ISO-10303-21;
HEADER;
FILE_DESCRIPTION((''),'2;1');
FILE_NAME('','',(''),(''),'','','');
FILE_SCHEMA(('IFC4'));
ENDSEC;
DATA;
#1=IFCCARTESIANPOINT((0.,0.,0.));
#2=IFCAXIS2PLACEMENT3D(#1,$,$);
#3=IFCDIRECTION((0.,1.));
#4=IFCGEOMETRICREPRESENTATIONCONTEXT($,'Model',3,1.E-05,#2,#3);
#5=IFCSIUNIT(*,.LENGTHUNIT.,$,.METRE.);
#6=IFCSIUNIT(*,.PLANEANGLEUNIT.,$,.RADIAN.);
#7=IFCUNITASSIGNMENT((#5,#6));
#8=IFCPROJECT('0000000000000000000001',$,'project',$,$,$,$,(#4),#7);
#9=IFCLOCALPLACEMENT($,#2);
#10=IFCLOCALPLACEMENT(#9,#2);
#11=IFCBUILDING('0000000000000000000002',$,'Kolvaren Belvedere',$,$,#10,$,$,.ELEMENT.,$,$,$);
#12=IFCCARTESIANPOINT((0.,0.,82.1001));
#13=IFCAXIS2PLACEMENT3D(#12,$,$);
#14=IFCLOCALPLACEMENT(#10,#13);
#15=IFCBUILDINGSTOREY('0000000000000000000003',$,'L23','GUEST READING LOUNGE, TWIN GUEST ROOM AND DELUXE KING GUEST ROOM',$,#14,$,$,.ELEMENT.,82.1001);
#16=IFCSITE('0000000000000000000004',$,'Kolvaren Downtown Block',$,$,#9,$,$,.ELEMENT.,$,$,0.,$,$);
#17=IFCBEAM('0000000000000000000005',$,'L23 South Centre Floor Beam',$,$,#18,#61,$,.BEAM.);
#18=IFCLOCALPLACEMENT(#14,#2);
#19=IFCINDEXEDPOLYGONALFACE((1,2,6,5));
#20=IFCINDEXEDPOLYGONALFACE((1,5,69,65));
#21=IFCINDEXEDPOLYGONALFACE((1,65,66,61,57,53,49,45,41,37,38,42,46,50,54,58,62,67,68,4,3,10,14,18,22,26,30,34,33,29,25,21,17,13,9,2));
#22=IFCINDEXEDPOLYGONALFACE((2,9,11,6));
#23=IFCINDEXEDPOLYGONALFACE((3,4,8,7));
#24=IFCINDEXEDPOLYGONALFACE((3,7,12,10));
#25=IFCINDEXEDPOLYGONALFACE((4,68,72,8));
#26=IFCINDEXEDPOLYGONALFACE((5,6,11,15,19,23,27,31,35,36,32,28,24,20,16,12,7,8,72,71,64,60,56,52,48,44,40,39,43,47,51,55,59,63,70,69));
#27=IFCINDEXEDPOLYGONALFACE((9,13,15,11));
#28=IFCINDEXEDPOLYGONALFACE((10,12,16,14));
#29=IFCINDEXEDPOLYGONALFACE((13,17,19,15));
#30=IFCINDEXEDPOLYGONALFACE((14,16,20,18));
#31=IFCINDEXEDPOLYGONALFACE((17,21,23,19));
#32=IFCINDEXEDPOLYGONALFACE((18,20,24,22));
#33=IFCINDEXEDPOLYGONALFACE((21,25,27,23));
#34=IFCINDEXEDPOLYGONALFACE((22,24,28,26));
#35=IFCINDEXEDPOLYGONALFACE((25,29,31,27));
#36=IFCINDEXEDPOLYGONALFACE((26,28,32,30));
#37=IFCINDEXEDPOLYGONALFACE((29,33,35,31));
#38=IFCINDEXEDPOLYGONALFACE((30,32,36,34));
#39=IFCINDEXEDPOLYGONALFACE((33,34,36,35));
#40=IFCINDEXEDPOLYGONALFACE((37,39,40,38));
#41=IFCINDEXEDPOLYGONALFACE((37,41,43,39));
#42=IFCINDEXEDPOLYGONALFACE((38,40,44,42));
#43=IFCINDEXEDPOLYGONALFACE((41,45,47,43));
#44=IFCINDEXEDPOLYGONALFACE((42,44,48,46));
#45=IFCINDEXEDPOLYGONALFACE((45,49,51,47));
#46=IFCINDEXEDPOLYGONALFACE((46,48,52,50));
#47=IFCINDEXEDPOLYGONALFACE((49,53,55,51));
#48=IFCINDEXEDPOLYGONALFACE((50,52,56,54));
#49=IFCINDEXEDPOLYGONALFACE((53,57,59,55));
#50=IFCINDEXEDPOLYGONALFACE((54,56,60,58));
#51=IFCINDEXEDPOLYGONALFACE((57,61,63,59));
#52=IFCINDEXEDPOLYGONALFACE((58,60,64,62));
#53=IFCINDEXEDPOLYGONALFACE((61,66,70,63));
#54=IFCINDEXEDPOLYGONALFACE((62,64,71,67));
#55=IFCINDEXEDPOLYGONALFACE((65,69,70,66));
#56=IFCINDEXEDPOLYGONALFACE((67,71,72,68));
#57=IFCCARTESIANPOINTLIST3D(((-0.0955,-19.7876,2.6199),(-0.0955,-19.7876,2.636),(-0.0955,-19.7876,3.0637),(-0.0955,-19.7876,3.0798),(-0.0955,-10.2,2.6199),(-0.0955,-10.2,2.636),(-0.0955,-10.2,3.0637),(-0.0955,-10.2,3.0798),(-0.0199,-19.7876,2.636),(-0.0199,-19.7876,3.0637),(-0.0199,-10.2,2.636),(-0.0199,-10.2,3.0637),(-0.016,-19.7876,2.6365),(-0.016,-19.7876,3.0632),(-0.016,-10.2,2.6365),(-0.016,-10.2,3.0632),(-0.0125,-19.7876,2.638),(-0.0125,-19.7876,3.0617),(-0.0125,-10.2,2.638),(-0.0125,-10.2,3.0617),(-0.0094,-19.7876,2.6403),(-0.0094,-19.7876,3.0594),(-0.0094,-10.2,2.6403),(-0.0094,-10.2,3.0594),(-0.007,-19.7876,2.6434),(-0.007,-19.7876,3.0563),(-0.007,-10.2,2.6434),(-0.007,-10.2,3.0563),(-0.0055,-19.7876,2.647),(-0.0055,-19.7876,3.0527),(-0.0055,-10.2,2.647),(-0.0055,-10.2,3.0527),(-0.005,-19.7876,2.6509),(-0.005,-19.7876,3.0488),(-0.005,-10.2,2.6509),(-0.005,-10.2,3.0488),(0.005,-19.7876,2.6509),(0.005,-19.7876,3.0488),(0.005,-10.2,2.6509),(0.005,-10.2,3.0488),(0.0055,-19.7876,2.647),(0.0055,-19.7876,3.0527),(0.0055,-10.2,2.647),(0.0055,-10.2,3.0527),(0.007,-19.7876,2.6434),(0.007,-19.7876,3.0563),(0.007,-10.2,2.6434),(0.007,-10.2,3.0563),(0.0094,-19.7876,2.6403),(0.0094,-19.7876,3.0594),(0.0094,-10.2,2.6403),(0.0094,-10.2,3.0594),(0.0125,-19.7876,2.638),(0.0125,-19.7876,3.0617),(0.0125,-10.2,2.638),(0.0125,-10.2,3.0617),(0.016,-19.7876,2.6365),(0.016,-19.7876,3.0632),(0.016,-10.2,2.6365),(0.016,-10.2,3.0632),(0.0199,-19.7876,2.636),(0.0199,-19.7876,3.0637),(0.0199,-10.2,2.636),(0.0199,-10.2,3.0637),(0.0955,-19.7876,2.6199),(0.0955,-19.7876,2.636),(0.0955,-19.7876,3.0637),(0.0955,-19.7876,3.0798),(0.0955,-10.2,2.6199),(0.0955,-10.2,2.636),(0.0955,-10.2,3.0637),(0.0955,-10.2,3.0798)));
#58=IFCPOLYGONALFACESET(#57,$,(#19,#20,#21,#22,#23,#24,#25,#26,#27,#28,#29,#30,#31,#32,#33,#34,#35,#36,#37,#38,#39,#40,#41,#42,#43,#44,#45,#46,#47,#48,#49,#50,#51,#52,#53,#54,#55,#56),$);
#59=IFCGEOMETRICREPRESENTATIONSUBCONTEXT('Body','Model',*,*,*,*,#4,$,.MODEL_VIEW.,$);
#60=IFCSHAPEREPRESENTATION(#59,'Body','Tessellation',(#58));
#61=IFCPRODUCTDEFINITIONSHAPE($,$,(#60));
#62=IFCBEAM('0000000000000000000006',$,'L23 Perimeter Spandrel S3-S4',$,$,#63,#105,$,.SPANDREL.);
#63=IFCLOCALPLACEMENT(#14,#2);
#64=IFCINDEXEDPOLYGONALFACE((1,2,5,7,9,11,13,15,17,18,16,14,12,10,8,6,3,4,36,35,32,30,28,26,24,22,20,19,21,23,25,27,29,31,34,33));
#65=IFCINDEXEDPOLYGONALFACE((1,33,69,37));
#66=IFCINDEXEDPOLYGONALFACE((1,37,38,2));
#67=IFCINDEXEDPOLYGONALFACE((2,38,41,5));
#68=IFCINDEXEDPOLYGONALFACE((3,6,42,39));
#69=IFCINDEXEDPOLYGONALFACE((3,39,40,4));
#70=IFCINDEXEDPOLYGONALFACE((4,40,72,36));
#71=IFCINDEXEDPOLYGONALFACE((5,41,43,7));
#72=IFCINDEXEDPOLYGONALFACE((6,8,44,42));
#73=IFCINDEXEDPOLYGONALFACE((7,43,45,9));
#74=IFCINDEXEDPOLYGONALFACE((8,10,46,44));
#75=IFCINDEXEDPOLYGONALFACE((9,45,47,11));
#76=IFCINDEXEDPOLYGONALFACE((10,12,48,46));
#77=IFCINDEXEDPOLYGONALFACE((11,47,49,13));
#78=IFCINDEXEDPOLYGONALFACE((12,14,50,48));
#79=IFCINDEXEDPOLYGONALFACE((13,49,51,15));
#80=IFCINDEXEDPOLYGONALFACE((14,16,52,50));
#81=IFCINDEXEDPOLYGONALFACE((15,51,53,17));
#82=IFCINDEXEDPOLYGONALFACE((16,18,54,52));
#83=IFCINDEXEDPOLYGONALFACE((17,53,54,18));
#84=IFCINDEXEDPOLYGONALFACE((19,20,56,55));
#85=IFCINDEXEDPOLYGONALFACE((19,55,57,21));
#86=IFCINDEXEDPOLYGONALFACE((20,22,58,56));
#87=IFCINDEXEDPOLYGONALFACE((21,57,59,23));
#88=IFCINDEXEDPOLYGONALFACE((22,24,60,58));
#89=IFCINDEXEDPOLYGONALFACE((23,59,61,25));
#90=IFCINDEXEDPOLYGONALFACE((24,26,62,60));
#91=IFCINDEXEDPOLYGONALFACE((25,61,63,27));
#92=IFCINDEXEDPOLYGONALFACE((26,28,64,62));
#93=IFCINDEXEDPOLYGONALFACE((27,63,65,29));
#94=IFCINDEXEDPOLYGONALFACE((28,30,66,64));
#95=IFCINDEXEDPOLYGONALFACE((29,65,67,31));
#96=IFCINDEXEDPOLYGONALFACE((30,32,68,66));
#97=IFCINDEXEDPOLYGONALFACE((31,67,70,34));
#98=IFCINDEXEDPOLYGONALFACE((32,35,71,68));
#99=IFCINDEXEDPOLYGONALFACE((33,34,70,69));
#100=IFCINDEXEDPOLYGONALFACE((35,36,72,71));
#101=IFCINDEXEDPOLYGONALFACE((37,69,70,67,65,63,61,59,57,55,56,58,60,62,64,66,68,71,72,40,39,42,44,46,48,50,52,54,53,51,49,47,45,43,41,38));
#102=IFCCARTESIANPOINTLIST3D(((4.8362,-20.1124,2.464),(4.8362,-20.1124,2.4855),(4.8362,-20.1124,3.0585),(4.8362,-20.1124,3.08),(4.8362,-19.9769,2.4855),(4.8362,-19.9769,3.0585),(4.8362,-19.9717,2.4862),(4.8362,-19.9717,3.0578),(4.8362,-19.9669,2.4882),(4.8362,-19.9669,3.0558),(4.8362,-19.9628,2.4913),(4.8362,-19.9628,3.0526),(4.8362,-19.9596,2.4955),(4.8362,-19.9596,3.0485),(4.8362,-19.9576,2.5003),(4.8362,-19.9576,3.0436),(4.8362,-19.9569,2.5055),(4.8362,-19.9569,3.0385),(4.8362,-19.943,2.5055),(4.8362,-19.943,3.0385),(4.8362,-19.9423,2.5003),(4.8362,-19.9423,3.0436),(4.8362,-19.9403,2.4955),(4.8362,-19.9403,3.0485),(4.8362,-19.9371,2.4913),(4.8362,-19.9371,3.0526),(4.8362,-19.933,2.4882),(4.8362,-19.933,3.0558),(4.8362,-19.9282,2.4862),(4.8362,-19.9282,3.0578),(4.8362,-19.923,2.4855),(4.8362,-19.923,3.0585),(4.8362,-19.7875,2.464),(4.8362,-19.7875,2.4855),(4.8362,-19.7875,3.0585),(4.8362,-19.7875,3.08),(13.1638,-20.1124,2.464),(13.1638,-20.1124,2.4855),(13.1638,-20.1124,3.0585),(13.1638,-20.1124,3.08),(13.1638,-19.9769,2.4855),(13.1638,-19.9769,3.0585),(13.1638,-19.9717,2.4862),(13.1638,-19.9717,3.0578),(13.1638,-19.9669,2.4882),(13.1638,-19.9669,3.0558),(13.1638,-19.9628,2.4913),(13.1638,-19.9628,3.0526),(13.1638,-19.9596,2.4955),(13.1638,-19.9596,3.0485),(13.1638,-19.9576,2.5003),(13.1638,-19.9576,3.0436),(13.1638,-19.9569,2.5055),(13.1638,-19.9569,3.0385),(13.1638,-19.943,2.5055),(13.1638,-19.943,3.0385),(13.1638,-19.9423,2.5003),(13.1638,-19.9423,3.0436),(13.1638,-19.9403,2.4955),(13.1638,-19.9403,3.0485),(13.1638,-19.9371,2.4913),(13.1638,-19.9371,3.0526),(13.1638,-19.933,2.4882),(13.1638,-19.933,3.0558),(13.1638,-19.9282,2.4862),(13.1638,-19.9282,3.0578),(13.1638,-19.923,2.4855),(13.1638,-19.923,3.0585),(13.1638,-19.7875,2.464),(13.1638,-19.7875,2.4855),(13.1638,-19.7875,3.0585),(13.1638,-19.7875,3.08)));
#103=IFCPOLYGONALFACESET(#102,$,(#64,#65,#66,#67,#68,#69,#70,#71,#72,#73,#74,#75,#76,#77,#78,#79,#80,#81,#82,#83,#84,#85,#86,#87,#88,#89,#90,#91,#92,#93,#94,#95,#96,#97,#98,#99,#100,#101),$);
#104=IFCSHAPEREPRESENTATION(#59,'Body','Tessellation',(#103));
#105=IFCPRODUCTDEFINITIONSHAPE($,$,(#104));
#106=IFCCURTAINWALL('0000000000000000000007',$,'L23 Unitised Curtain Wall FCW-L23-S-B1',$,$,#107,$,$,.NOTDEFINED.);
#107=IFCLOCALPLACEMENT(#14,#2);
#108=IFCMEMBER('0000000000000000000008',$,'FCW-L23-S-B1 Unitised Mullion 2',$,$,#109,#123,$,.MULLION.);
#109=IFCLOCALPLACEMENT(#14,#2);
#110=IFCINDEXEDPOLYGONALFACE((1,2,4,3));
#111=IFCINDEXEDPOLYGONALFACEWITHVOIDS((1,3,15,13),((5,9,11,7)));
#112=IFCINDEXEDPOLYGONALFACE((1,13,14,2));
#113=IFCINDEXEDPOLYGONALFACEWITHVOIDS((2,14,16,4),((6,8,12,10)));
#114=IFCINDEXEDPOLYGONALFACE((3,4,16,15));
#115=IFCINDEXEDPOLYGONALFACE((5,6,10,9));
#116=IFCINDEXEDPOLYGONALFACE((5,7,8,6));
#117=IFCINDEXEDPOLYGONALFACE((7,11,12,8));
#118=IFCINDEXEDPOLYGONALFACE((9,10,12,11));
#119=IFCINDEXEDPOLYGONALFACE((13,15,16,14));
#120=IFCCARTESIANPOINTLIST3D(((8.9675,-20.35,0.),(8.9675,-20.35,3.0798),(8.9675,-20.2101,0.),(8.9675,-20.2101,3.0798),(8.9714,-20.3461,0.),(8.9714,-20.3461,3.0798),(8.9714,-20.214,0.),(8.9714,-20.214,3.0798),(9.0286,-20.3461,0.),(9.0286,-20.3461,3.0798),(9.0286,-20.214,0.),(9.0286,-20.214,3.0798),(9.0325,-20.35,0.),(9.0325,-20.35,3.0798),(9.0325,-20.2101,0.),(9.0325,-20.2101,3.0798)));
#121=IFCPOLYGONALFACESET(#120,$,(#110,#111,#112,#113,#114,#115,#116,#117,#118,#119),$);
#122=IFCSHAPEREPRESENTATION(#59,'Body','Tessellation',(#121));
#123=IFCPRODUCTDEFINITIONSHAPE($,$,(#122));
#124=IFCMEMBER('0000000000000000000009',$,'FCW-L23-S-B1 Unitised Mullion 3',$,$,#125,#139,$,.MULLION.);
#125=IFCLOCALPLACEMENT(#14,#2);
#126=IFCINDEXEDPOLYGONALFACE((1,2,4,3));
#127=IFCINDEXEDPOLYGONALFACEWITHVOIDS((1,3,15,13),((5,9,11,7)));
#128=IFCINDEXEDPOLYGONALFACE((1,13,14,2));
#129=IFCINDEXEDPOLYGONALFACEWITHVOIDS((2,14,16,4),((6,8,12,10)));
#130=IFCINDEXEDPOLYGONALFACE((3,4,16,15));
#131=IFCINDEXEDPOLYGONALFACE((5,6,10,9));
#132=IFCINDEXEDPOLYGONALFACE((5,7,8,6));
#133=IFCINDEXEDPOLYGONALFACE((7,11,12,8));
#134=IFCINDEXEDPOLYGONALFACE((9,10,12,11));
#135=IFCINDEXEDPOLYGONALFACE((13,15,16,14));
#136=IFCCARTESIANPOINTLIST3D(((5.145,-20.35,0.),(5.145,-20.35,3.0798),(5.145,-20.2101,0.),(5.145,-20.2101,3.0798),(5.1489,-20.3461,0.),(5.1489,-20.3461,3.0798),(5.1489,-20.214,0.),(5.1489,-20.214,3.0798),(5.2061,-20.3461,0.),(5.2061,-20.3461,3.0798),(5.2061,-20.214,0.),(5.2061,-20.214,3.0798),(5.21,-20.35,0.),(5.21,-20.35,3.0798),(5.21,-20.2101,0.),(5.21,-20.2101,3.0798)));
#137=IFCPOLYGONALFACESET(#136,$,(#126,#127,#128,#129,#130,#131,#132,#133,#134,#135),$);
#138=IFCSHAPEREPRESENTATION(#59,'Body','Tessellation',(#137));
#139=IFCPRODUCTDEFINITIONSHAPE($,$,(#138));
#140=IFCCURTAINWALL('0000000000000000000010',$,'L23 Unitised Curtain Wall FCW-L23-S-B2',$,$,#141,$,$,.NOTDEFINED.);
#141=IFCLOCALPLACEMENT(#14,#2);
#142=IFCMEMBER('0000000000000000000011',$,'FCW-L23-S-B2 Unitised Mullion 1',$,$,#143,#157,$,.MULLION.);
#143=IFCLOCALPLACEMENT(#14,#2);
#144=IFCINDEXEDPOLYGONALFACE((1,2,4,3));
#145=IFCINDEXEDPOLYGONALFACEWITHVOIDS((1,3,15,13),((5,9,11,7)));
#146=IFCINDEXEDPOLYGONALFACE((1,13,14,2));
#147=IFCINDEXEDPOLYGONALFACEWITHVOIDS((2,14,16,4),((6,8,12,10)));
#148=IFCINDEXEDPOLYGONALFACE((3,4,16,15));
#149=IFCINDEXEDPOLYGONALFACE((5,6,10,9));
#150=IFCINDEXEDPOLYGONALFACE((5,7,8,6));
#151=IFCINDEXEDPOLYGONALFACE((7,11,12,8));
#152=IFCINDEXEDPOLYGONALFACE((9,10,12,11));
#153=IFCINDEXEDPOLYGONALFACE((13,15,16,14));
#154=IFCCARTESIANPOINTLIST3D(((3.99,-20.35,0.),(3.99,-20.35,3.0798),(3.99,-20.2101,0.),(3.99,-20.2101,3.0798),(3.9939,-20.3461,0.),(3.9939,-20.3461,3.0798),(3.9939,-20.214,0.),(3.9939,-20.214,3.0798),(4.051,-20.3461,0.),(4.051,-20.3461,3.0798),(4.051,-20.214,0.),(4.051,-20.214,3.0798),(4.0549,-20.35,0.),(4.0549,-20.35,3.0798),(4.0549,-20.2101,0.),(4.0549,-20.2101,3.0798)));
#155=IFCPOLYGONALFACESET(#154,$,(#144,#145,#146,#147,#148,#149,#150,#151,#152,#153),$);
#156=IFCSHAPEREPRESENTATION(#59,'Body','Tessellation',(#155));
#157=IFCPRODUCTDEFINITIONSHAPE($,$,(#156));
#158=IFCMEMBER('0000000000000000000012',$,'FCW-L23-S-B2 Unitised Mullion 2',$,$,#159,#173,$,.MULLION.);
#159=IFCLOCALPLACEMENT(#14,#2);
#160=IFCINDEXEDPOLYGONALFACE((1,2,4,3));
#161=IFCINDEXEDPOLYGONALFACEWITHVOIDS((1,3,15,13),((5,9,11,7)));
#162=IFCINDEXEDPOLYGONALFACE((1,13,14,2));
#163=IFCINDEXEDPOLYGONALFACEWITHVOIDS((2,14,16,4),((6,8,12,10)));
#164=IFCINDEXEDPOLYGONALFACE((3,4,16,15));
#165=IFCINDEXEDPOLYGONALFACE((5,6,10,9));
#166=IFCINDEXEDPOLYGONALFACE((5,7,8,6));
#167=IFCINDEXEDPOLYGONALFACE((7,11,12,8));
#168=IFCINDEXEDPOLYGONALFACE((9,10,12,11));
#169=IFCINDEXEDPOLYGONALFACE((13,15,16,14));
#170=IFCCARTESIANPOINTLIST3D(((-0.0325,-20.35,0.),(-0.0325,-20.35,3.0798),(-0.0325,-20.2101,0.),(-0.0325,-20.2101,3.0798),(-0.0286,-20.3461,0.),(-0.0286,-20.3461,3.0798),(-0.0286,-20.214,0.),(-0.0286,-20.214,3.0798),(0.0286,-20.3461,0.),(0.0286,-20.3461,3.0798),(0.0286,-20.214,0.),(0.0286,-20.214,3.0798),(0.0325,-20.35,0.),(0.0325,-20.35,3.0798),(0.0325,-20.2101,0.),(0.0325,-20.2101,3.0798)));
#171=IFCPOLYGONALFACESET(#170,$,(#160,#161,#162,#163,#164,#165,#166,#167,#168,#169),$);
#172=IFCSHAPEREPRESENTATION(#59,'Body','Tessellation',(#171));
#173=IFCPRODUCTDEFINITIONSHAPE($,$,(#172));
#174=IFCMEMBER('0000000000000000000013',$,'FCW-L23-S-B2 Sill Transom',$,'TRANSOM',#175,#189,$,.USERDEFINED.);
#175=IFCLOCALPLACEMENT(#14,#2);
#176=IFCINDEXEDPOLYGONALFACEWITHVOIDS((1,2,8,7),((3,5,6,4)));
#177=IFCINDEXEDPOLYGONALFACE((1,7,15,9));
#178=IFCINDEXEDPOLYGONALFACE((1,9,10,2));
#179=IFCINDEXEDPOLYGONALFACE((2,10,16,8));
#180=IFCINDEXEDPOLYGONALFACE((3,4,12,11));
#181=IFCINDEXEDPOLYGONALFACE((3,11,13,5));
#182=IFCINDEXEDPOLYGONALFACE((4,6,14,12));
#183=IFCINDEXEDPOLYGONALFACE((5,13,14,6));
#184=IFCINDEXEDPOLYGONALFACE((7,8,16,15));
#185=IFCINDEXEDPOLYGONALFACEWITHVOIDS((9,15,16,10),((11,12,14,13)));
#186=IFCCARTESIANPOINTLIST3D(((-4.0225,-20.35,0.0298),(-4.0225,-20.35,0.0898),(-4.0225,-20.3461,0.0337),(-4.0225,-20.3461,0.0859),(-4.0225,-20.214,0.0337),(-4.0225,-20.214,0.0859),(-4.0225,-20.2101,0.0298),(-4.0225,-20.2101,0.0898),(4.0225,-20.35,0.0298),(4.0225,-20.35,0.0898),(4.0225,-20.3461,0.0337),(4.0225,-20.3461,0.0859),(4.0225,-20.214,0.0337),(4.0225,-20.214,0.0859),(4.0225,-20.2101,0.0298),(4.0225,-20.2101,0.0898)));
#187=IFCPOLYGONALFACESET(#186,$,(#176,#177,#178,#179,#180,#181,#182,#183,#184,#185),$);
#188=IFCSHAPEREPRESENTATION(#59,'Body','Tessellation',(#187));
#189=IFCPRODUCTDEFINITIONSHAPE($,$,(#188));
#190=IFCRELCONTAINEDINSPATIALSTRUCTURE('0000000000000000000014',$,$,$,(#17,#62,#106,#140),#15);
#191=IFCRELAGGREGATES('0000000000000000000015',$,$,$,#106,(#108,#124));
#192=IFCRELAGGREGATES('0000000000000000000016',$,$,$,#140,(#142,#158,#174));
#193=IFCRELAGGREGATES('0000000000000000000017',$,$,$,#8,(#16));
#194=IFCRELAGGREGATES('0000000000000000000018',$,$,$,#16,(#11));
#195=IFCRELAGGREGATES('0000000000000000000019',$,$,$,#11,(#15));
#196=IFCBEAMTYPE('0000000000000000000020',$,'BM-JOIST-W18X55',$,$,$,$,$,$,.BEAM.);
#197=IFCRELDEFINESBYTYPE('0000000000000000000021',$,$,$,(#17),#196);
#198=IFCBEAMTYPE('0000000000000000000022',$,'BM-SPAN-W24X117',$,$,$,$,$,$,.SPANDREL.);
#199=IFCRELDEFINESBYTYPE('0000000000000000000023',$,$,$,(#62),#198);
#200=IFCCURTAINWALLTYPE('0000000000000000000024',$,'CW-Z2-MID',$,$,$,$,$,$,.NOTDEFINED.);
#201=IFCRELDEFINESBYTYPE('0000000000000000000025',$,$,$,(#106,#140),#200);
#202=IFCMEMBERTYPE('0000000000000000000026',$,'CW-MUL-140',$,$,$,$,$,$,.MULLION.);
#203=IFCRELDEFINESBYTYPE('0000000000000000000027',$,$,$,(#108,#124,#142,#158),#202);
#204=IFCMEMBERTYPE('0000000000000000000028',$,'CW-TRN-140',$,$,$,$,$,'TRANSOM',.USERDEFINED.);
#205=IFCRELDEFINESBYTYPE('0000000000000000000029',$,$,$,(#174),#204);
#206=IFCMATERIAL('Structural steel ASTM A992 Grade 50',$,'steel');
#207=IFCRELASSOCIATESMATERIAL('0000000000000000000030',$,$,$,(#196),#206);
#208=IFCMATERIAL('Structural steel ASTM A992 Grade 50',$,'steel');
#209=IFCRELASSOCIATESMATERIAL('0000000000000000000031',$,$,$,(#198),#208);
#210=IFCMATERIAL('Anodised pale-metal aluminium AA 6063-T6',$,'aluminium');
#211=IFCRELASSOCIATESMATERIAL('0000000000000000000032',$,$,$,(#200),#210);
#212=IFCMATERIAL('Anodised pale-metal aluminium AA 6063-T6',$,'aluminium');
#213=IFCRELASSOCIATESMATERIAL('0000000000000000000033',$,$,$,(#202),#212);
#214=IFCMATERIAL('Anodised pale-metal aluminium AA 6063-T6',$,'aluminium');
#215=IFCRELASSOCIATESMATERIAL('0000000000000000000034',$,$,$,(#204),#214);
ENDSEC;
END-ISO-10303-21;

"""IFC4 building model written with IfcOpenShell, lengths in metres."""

from ifc_helpers import new_model, si_unit, direction, frame, origin, origin_2d, place, context, subcontext, project, spatial, hollow_rectangle, i_section, extrude, material, material_profile, profile_set, type_object, element, aggregate, save


model = new_model("IFC4")

# Units and contexts
model_context = context("Model", 3, precision=1e-05, world=origin(), true_north=direction((0.0, 1.0)))
body_context = subcontext(model_context, "Body", "Model", "MODEL_VIEW")
ifc_project = project(units=[si_unit("LENGTHUNIT", "METRE"), si_unit("PLANEANGLEUNIT", "RADIAN")], contexts=[model_context])

# Site, building, storey
site_placement = place(None, origin())
site = spatial("IfcSite", under=ifc_project, at=site_placement, Name="Kolvaren Downtown Block", CompositionType="ELEMENT", RefElevation=0.0)
building_placement = place(site_placement, origin())
building = spatial("IfcBuilding", under=site, at=building_placement, Name="Kolvaren Belvedere", CompositionType="ELEMENT")
storey_placement = place(building_placement, frame((0.0, 0.0, 82.1001)))
storey = spatial("IfcBuildingStorey", under=building, at=storey_placement, Name="L23", Description="GUEST READING LOUNGE, TWIN GUEST ROOM AND DELUXE KING GUEST ROOM", CompositionType="ELEMENT", Elevation=82.1001)

# Beams
ifc_material_1 = material(Name="Structural steel ASTM A992 Grade 50", Category="steel")
ifc_material_profile_1 = material_profile(ifc_material_1, i_section(OverallWidth=0.1909, OverallDepth=0.46, WebThickness=0.01, FlangeThickness=0.0161, FilletRadius=0.0149, at=origin_2d()), Name="W18X55")
ifc_profile_set_1 = profile_set([ifc_material_profile_1], Name="Structural steel ASTM A992 Grade 50")
beam_type_1 = type_object("IfcBeamType", Name="BM-JOIST-W18X55", PredefinedType="BEAM", material=ifc_profile_set_1)
beam_1_placement = place(storey_placement, frame((0.0, -10.2, 2.8499), z_axis=(0.0, -1.0, 0.0), x_axis=(1.0, 0.0, 0.0)))
element("IfcBeam", 1, at=beam_1_placement, inside=storey, type_object=beam_type_1, Name="L23 South Centre Floor Beam", PredefinedType="BEAM", context=body_context, shape_type="SweptSolid", body=[
    extrude(i_section(OverallWidth=0.1909, OverallDepth=0.46, WebThickness=0.01, FlangeThickness=0.0161, FilletRadius=0.0149, at=origin_2d()), origin(), (0.0, 0.0, 1.0), 9.5876),
])
ifc_material_2 = material(Name="Structural steel ASTM A992 Grade 50", Category="steel")
ifc_material_profile_2 = material_profile(ifc_material_2, i_section(OverallWidth=0.325, OverallDepth=0.616, WebThickness=0.0139, FlangeThickness=0.0215, FilletRadius=0.02, at=origin_2d()), Name="W24X117")
ifc_profile_set_2 = profile_set([ifc_material_profile_2], Name="Structural steel ASTM A992 Grade 50")
beam_type_2 = type_object("IfcBeamType", Name="BM-SPAN-W24X117", PredefinedType="SPANDREL", material=ifc_profile_set_2)
beam_2_placement = place(storey_placement, frame((4.8362, -19.95, 2.772), z_axis=(1.0, 0.0, 0.0), x_axis=(0.0, 1.0, 0.0)))
element("IfcBeam", 2, at=beam_2_placement, inside=storey, type_object=beam_type_2, Name="L23 Perimeter Spandrel S3-S4", PredefinedType="SPANDREL", context=body_context, shape_type="SweptSolid", body=[
    extrude(i_section(OverallWidth=0.325, OverallDepth=0.616, WebThickness=0.0139, FlangeThickness=0.0215, FilletRadius=0.02, at=origin_2d()), origin(), (0.0, 0.0, 1.0), 8.3276),
])

# Curtain walls, members
ifc_material_3 = material(Name="Anodised pale-metal aluminium AA 6063-T6", Category="aluminium")
curtain_wall_type = type_object("IfcCurtainWallType", Name="CW-Z2-MID", PredefinedType="NOTDEFINED", material=ifc_material_3)
curtain_wall_1_placement = place(storey_placement, origin())
curtain_wall_1 = element("IfcCurtainWall", 3, at=curtain_wall_1_placement, inside=storey, type_object=curtain_wall_type, Name="L23 Unitised Curtain Wall FCW-L23-S-B1", PredefinedType="NOTDEFINED")
ifc_material_4 = material(Name="Anodised pale-metal aluminium AA 6063-T6", Category="aluminium")
ifc_material_profile_3 = material_profile(ifc_material_4, hollow_rectangle(XDim=0.0649, YDim=0.1399, WallThickness=0.0039, at=origin_2d()), Name="ALU-MUL-140X65")
ifc_profile_set_3 = profile_set([ifc_material_profile_3], Name="Anodised pale-metal aluminium AA 6063-T6")
member_type_1 = type_object("IfcMemberType", Name="CW-MUL-140", PredefinedType="MULLION", material=ifc_profile_set_3)
member_1_placement = place(storey_placement, frame((9.0, -20.28, 0.0), z_axis=(0.0, 0.0, 1.0), x_axis=(1.0, 0.0, 0.0)))
member_1 = element("IfcMember", 4, at=member_1_placement, type_object=member_type_1, Name="FCW-L23-S-B1 Unitised Mullion 2", PredefinedType="MULLION", context=body_context, shape_type="SweptSolid", body=[
    extrude(hollow_rectangle(XDim=0.0649, YDim=0.1399, WallThickness=0.0039, at=origin_2d()), origin(), (0.0, 0.0, 1.0), 3.0798),
])
member_2_placement = place(storey_placement, frame((5.1775, -20.28, 0.0), z_axis=(0.0, 0.0, 1.0), x_axis=(1.0, 0.0, 0.0)))
member_2 = element("IfcMember", 5, at=member_2_placement, type_object=member_type_1, Name="FCW-L23-S-B1 Unitised Mullion 3", PredefinedType="MULLION", context=body_context, shape_type="SweptSolid", body=[
    extrude(hollow_rectangle(XDim=0.0649, YDim=0.1399, WallThickness=0.0039, at=origin_2d()), origin(), (0.0, 0.0, 1.0), 3.0798),
])
curtain_wall_2_placement = place(storey_placement, origin())
curtain_wall_2 = element("IfcCurtainWall", 6, at=curtain_wall_2_placement, inside=storey, type_object=curtain_wall_type, Name="L23 Unitised Curtain Wall FCW-L23-S-B2", PredefinedType="NOTDEFINED")
member_3_placement = place(storey_placement, frame((4.0225, -20.28, 0.0), z_axis=(0.0, 0.0, 1.0), x_axis=(1.0, 0.0, 0.0)))
member_3 = element("IfcMember", 7, at=member_3_placement, type_object=member_type_1, Name="FCW-L23-S-B2 Unitised Mullion 1", PredefinedType="MULLION", context=body_context, shape_type="SweptSolid", body=[
    extrude(hollow_rectangle(XDim=0.0649, YDim=0.1399, WallThickness=0.0039, at=origin_2d()), origin(), (0.0, 0.0, 1.0), 3.0798),
])
member_4_placement = place(storey_placement, frame((0.0, -20.28, 0.0), z_axis=(0.0, 0.0, 1.0), x_axis=(1.0, 0.0, 0.0)))
member_4 = element("IfcMember", 8, at=member_4_placement, type_object=member_type_1, Name="FCW-L23-S-B2 Unitised Mullion 2", PredefinedType="MULLION", context=body_context, shape_type="SweptSolid", body=[
    extrude(hollow_rectangle(XDim=0.0649, YDim=0.1399, WallThickness=0.0039, at=origin_2d()), origin(), (0.0, 0.0, 1.0), 3.0798),
])
ifc_material_5 = material(Name="Anodised pale-metal aluminium AA 6063-T6", Category="aluminium")
ifc_material_profile_4 = material_profile(ifc_material_5, hollow_rectangle(XDim=0.0601, YDim=0.1399, WallThickness=0.0039, at=origin_2d()), Name="ALU-TRN-140X60")
ifc_profile_set_4 = profile_set([ifc_material_profile_4], Name="Anodised pale-metal aluminium AA 6063-T6")
member_type_2 = type_object("IfcMemberType", Name="CW-TRN-140", ElementType="TRANSOM", PredefinedType="USERDEFINED", material=ifc_profile_set_4)
member_5_placement = place(storey_placement, frame((4.0225, -20.28, 0.0598), z_axis=(-1.0, 0.0, 0.0), x_axis=(0.0, 0.0, 1.0)))
member_5 = element("IfcMember", 9, at=member_5_placement, type_object=member_type_2, Name="FCW-L23-S-B2 Sill Transom", ObjectType="TRANSOM", PredefinedType="USERDEFINED", context=body_context, shape_type="SweptSolid", body=[
    extrude(hollow_rectangle(XDim=0.0601, YDim=0.1399, WallThickness=0.0039, at=origin_2d()), origin(), (0.0, 0.0, 1.0), 8.0449),
])

aggregate(curtain_wall_1, [member_1, member_2])
aggregate(curtain_wall_2, [member_3, member_4, member_5])

save(model, "model.ifc")
